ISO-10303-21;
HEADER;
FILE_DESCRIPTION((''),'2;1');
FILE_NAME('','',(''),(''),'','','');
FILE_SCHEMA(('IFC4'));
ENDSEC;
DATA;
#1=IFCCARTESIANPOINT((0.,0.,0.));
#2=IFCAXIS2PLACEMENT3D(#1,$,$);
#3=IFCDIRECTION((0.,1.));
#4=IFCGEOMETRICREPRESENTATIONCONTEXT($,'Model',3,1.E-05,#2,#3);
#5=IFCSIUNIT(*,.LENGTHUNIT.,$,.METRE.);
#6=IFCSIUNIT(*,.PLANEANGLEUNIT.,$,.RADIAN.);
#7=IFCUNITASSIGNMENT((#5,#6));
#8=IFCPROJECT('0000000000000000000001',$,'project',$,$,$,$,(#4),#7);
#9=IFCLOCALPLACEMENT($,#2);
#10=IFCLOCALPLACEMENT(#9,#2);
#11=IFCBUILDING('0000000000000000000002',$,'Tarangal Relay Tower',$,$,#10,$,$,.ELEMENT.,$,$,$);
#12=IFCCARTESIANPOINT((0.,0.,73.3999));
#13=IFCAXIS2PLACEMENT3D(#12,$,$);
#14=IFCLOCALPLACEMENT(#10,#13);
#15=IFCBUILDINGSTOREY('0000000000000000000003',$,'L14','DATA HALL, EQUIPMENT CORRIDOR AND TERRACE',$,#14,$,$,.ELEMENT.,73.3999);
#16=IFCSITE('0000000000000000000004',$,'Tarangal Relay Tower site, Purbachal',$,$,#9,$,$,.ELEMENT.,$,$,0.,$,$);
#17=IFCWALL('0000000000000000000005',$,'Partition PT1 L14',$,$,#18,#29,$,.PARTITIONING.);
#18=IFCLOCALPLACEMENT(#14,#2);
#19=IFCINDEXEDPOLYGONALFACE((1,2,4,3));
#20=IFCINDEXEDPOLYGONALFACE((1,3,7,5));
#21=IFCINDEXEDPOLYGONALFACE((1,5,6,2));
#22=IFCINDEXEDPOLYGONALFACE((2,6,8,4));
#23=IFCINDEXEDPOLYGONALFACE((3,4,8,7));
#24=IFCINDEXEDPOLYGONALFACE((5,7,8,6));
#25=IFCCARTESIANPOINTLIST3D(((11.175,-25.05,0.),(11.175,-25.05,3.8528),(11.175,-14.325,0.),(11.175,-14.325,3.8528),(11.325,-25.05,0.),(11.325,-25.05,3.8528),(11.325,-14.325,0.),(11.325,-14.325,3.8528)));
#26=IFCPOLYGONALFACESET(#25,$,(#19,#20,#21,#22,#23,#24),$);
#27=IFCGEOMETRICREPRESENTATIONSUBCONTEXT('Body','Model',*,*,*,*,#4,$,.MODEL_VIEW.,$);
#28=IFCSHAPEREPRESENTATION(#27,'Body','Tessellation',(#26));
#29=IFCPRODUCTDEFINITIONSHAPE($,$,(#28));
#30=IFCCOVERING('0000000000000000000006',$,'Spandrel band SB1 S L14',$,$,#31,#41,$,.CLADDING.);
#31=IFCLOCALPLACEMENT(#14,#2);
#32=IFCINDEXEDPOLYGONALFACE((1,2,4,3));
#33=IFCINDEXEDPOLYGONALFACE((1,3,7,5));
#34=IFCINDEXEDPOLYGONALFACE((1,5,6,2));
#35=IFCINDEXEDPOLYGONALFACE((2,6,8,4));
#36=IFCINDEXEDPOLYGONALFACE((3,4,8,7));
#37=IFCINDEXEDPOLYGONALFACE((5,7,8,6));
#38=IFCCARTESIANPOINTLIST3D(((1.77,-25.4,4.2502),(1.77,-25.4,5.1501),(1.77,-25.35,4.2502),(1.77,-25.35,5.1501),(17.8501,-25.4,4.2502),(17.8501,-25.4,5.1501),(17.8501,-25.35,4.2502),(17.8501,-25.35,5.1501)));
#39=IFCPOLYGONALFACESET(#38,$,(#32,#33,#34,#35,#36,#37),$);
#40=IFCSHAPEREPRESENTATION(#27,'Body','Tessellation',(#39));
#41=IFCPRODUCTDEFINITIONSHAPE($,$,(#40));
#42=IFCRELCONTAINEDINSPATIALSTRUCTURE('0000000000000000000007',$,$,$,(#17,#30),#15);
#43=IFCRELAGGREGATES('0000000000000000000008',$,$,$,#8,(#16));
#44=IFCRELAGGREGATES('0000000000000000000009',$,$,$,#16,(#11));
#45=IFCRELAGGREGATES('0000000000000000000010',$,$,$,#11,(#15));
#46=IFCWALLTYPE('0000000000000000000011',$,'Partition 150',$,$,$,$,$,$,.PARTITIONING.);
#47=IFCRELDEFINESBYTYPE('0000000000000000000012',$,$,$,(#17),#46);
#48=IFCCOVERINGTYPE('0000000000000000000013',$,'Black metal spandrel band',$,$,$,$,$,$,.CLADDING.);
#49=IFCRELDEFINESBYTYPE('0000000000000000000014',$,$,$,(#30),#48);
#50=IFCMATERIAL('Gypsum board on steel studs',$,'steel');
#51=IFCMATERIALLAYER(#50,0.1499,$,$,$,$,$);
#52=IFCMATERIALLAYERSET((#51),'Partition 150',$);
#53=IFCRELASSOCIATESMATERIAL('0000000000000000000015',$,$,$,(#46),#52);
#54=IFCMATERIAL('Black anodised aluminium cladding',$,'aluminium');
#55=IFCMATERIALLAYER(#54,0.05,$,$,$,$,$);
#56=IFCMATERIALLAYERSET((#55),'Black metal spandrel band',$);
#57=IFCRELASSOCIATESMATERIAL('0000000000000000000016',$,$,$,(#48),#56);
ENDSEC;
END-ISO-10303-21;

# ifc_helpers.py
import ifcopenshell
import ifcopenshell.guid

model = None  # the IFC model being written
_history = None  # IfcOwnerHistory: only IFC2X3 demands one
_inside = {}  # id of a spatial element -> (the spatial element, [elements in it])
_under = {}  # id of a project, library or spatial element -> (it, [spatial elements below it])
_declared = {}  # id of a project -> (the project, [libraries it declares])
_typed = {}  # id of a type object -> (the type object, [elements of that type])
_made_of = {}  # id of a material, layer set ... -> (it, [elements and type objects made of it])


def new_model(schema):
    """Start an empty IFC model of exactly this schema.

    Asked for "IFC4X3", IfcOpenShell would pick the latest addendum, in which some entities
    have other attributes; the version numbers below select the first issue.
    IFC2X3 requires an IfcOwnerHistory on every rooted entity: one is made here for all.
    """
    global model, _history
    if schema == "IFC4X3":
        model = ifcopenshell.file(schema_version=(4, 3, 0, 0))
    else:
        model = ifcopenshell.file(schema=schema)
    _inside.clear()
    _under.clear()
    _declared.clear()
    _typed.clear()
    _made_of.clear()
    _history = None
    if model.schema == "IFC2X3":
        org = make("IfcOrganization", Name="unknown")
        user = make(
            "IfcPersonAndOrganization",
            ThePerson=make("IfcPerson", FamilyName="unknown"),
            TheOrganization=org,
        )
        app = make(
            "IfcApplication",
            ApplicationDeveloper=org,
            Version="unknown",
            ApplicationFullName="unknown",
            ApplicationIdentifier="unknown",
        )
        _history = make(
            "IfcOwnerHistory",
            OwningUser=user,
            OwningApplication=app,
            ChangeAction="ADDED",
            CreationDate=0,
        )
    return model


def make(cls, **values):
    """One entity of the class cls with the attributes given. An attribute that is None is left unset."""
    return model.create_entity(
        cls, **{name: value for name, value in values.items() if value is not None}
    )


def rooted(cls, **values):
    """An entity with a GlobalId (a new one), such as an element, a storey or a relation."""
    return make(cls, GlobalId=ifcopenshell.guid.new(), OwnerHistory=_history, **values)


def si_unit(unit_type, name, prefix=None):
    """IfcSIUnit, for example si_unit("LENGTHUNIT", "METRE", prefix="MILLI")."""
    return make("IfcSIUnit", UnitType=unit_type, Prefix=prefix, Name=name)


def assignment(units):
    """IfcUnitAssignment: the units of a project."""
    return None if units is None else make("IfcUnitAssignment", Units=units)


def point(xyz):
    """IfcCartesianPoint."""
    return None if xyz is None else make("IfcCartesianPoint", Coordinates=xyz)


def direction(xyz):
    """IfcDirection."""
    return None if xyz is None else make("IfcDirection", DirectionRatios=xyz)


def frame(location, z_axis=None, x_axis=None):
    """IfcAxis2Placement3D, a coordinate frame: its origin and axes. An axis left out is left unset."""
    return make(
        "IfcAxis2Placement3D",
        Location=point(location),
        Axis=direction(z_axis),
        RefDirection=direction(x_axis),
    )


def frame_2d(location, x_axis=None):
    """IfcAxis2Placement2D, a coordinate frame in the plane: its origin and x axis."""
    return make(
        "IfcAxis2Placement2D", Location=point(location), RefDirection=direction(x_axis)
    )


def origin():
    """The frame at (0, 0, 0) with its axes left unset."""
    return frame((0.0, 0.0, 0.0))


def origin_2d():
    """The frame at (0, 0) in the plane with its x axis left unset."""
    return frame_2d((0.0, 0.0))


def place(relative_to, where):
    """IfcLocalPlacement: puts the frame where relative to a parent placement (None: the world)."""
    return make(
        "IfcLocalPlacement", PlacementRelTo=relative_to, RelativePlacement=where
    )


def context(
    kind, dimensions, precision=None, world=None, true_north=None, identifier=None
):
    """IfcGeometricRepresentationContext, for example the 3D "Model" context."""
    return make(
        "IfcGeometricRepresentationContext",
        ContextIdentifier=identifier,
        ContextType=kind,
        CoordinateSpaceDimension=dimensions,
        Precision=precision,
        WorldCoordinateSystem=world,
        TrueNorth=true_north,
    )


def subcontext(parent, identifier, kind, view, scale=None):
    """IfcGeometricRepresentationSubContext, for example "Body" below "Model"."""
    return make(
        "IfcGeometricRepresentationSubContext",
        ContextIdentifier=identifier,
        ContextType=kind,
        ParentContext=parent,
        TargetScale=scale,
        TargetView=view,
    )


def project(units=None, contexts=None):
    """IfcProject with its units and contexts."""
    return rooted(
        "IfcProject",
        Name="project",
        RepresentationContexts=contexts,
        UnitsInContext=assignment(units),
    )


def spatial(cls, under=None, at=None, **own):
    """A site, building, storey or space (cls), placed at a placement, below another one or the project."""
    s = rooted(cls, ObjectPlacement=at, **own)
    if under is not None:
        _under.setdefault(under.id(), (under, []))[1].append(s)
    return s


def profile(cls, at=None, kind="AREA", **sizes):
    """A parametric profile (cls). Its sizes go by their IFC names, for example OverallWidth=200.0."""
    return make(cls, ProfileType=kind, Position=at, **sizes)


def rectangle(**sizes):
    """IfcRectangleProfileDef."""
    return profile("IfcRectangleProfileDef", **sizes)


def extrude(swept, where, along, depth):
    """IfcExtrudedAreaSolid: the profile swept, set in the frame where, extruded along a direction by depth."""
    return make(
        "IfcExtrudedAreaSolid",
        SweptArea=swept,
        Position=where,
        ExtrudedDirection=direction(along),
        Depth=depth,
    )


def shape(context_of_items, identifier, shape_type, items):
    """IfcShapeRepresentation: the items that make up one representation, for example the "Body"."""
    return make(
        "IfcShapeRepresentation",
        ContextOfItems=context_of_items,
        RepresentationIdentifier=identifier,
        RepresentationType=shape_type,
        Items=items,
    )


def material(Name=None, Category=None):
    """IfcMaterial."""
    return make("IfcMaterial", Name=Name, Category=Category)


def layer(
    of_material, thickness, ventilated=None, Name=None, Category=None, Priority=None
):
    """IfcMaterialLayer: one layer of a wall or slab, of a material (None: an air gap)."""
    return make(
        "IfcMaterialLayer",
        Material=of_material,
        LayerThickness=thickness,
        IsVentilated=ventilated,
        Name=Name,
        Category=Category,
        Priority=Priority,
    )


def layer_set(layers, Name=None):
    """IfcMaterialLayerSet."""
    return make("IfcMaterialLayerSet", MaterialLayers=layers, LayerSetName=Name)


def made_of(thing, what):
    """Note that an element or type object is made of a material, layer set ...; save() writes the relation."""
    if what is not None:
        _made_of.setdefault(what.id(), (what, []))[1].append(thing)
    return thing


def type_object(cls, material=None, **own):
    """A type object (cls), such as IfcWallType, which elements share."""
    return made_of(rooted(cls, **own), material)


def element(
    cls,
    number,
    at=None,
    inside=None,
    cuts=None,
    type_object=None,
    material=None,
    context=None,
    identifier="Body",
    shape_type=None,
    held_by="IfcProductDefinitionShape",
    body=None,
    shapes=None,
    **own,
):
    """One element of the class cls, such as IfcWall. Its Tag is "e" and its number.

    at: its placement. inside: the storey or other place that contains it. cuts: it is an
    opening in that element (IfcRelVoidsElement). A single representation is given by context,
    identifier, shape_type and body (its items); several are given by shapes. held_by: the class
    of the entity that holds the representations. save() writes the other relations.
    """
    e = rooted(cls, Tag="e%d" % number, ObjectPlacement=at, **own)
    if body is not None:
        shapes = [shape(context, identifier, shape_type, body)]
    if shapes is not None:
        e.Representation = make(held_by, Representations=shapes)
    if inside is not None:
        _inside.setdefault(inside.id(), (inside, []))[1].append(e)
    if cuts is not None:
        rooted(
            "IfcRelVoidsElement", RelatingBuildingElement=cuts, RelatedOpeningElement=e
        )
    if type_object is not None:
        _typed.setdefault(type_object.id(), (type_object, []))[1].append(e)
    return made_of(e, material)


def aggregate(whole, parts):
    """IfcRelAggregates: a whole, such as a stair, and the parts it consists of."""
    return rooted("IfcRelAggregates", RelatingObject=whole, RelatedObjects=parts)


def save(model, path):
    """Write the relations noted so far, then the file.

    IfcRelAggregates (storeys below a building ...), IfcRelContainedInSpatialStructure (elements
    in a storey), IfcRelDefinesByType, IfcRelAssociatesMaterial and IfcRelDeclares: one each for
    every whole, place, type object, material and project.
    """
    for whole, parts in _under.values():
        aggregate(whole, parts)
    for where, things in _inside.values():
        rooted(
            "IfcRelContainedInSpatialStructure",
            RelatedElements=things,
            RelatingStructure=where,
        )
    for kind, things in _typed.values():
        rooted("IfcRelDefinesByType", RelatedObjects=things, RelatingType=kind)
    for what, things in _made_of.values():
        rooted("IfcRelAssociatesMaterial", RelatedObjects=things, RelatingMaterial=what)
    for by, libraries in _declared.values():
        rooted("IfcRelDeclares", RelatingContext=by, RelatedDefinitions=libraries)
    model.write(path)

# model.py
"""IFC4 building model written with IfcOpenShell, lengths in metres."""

from ifc_helpers import new_model, si_unit, direction, frame, frame_2d, origin, origin_2d, place, context, subcontext, project, spatial, rectangle, extrude, material, layer, layer_set, type_object, element, save


model = new_model("IFC4")

# Units and contexts
model_context = context("Model", 3, precision=1e-05, world=origin(), true_north=direction((0.0, 1.0)))
body_context = subcontext(model_context, "Body", "Model", "MODEL_VIEW")
ifc_project = project(units=[si_unit("LENGTHUNIT", "METRE"), si_unit("PLANEANGLEUNIT", "RADIAN")], contexts=[model_context])

# Site, building, storey
site_placement = place(None, origin())
site = spatial("IfcSite", under=ifc_project, at=site_placement, Name="Tarangal Relay Tower site, Purbachal", CompositionType="ELEMENT", RefElevation=0.0)
building_placement = place(site_placement, origin())
building = spatial("IfcBuilding", under=site, at=building_placement, Name="Tarangal Relay Tower", CompositionType="ELEMENT")
storey_placement = place(building_placement, frame((0.0, 0.0, 73.3999)))
storey = spatial("IfcBuildingStorey", under=building, at=storey_placement, Name="L14", Description="DATA HALL, EQUIPMENT CORRIDOR AND TERRACE", CompositionType="ELEMENT", Elevation=73.3999)

# Wall
ifc_material_1 = material(Name="Gypsum board on steel studs", Category="steel")
ifc_layer_1 = layer(ifc_material_1, 0.1499)
ifc_layer_set_1 = layer_set([ifc_layer_1], Name="Partition 150")
wall_type_1 = type_object("IfcWallType", Name="Partition 150", PredefinedType="PARTITIONING", material=ifc_layer_set_1)
wall_1_placement = place(storey_placement, frame((11.25, -25.05, 0.0), z_axis=(0.0, 0.0, 1.0), x_axis=(0.0, 1.0, 0.0)))
element("IfcWall", 1, at=wall_1_placement, inside=storey, type_object=wall_type_1, Name="Partition PT1 L14", PredefinedType="PARTITIONING", context=body_context, shape_type="SweptSolid", body=[
    extrude(rectangle(XDim=10.7251, YDim=0.1499, at=frame_2d((5.3625, 0.0))), origin(), (0.0, 0.0, 1.0), 3.8528),
])

# Covering
ifc_material_2 = material(Name="Black anodised aluminium cladding", Category="aluminium")
ifc_layer_2 = layer(ifc_material_2, 0.05)
ifc_layer_set_2 = layer_set([ifc_layer_2], Name="Black metal spandrel band")
covering_type = type_object("IfcCoveringType", Name="Black metal spandrel band", PredefinedType="CLADDING", material=ifc_layer_set_2)
covering_placement = place(storey_placement, frame((9.8101, -25.375, 4.2502), z_axis=(0.0, 0.0, 1.0), x_axis=(-1.0, 0.0, 0.0)))
element("IfcCovering", 2, at=covering_placement, inside=storey, type_object=covering_type, Name="Spandrel band SB1 S L14", PredefinedType="CLADDING", context=body_context, shape_type="SweptSolid", body=[
    extrude(rectangle(XDim=16.0801, YDim=0.05, at=origin_2d()), origin(), (0.0, 0.0, 1.0), 0.8999),
])

save(model, "model.ifc")
